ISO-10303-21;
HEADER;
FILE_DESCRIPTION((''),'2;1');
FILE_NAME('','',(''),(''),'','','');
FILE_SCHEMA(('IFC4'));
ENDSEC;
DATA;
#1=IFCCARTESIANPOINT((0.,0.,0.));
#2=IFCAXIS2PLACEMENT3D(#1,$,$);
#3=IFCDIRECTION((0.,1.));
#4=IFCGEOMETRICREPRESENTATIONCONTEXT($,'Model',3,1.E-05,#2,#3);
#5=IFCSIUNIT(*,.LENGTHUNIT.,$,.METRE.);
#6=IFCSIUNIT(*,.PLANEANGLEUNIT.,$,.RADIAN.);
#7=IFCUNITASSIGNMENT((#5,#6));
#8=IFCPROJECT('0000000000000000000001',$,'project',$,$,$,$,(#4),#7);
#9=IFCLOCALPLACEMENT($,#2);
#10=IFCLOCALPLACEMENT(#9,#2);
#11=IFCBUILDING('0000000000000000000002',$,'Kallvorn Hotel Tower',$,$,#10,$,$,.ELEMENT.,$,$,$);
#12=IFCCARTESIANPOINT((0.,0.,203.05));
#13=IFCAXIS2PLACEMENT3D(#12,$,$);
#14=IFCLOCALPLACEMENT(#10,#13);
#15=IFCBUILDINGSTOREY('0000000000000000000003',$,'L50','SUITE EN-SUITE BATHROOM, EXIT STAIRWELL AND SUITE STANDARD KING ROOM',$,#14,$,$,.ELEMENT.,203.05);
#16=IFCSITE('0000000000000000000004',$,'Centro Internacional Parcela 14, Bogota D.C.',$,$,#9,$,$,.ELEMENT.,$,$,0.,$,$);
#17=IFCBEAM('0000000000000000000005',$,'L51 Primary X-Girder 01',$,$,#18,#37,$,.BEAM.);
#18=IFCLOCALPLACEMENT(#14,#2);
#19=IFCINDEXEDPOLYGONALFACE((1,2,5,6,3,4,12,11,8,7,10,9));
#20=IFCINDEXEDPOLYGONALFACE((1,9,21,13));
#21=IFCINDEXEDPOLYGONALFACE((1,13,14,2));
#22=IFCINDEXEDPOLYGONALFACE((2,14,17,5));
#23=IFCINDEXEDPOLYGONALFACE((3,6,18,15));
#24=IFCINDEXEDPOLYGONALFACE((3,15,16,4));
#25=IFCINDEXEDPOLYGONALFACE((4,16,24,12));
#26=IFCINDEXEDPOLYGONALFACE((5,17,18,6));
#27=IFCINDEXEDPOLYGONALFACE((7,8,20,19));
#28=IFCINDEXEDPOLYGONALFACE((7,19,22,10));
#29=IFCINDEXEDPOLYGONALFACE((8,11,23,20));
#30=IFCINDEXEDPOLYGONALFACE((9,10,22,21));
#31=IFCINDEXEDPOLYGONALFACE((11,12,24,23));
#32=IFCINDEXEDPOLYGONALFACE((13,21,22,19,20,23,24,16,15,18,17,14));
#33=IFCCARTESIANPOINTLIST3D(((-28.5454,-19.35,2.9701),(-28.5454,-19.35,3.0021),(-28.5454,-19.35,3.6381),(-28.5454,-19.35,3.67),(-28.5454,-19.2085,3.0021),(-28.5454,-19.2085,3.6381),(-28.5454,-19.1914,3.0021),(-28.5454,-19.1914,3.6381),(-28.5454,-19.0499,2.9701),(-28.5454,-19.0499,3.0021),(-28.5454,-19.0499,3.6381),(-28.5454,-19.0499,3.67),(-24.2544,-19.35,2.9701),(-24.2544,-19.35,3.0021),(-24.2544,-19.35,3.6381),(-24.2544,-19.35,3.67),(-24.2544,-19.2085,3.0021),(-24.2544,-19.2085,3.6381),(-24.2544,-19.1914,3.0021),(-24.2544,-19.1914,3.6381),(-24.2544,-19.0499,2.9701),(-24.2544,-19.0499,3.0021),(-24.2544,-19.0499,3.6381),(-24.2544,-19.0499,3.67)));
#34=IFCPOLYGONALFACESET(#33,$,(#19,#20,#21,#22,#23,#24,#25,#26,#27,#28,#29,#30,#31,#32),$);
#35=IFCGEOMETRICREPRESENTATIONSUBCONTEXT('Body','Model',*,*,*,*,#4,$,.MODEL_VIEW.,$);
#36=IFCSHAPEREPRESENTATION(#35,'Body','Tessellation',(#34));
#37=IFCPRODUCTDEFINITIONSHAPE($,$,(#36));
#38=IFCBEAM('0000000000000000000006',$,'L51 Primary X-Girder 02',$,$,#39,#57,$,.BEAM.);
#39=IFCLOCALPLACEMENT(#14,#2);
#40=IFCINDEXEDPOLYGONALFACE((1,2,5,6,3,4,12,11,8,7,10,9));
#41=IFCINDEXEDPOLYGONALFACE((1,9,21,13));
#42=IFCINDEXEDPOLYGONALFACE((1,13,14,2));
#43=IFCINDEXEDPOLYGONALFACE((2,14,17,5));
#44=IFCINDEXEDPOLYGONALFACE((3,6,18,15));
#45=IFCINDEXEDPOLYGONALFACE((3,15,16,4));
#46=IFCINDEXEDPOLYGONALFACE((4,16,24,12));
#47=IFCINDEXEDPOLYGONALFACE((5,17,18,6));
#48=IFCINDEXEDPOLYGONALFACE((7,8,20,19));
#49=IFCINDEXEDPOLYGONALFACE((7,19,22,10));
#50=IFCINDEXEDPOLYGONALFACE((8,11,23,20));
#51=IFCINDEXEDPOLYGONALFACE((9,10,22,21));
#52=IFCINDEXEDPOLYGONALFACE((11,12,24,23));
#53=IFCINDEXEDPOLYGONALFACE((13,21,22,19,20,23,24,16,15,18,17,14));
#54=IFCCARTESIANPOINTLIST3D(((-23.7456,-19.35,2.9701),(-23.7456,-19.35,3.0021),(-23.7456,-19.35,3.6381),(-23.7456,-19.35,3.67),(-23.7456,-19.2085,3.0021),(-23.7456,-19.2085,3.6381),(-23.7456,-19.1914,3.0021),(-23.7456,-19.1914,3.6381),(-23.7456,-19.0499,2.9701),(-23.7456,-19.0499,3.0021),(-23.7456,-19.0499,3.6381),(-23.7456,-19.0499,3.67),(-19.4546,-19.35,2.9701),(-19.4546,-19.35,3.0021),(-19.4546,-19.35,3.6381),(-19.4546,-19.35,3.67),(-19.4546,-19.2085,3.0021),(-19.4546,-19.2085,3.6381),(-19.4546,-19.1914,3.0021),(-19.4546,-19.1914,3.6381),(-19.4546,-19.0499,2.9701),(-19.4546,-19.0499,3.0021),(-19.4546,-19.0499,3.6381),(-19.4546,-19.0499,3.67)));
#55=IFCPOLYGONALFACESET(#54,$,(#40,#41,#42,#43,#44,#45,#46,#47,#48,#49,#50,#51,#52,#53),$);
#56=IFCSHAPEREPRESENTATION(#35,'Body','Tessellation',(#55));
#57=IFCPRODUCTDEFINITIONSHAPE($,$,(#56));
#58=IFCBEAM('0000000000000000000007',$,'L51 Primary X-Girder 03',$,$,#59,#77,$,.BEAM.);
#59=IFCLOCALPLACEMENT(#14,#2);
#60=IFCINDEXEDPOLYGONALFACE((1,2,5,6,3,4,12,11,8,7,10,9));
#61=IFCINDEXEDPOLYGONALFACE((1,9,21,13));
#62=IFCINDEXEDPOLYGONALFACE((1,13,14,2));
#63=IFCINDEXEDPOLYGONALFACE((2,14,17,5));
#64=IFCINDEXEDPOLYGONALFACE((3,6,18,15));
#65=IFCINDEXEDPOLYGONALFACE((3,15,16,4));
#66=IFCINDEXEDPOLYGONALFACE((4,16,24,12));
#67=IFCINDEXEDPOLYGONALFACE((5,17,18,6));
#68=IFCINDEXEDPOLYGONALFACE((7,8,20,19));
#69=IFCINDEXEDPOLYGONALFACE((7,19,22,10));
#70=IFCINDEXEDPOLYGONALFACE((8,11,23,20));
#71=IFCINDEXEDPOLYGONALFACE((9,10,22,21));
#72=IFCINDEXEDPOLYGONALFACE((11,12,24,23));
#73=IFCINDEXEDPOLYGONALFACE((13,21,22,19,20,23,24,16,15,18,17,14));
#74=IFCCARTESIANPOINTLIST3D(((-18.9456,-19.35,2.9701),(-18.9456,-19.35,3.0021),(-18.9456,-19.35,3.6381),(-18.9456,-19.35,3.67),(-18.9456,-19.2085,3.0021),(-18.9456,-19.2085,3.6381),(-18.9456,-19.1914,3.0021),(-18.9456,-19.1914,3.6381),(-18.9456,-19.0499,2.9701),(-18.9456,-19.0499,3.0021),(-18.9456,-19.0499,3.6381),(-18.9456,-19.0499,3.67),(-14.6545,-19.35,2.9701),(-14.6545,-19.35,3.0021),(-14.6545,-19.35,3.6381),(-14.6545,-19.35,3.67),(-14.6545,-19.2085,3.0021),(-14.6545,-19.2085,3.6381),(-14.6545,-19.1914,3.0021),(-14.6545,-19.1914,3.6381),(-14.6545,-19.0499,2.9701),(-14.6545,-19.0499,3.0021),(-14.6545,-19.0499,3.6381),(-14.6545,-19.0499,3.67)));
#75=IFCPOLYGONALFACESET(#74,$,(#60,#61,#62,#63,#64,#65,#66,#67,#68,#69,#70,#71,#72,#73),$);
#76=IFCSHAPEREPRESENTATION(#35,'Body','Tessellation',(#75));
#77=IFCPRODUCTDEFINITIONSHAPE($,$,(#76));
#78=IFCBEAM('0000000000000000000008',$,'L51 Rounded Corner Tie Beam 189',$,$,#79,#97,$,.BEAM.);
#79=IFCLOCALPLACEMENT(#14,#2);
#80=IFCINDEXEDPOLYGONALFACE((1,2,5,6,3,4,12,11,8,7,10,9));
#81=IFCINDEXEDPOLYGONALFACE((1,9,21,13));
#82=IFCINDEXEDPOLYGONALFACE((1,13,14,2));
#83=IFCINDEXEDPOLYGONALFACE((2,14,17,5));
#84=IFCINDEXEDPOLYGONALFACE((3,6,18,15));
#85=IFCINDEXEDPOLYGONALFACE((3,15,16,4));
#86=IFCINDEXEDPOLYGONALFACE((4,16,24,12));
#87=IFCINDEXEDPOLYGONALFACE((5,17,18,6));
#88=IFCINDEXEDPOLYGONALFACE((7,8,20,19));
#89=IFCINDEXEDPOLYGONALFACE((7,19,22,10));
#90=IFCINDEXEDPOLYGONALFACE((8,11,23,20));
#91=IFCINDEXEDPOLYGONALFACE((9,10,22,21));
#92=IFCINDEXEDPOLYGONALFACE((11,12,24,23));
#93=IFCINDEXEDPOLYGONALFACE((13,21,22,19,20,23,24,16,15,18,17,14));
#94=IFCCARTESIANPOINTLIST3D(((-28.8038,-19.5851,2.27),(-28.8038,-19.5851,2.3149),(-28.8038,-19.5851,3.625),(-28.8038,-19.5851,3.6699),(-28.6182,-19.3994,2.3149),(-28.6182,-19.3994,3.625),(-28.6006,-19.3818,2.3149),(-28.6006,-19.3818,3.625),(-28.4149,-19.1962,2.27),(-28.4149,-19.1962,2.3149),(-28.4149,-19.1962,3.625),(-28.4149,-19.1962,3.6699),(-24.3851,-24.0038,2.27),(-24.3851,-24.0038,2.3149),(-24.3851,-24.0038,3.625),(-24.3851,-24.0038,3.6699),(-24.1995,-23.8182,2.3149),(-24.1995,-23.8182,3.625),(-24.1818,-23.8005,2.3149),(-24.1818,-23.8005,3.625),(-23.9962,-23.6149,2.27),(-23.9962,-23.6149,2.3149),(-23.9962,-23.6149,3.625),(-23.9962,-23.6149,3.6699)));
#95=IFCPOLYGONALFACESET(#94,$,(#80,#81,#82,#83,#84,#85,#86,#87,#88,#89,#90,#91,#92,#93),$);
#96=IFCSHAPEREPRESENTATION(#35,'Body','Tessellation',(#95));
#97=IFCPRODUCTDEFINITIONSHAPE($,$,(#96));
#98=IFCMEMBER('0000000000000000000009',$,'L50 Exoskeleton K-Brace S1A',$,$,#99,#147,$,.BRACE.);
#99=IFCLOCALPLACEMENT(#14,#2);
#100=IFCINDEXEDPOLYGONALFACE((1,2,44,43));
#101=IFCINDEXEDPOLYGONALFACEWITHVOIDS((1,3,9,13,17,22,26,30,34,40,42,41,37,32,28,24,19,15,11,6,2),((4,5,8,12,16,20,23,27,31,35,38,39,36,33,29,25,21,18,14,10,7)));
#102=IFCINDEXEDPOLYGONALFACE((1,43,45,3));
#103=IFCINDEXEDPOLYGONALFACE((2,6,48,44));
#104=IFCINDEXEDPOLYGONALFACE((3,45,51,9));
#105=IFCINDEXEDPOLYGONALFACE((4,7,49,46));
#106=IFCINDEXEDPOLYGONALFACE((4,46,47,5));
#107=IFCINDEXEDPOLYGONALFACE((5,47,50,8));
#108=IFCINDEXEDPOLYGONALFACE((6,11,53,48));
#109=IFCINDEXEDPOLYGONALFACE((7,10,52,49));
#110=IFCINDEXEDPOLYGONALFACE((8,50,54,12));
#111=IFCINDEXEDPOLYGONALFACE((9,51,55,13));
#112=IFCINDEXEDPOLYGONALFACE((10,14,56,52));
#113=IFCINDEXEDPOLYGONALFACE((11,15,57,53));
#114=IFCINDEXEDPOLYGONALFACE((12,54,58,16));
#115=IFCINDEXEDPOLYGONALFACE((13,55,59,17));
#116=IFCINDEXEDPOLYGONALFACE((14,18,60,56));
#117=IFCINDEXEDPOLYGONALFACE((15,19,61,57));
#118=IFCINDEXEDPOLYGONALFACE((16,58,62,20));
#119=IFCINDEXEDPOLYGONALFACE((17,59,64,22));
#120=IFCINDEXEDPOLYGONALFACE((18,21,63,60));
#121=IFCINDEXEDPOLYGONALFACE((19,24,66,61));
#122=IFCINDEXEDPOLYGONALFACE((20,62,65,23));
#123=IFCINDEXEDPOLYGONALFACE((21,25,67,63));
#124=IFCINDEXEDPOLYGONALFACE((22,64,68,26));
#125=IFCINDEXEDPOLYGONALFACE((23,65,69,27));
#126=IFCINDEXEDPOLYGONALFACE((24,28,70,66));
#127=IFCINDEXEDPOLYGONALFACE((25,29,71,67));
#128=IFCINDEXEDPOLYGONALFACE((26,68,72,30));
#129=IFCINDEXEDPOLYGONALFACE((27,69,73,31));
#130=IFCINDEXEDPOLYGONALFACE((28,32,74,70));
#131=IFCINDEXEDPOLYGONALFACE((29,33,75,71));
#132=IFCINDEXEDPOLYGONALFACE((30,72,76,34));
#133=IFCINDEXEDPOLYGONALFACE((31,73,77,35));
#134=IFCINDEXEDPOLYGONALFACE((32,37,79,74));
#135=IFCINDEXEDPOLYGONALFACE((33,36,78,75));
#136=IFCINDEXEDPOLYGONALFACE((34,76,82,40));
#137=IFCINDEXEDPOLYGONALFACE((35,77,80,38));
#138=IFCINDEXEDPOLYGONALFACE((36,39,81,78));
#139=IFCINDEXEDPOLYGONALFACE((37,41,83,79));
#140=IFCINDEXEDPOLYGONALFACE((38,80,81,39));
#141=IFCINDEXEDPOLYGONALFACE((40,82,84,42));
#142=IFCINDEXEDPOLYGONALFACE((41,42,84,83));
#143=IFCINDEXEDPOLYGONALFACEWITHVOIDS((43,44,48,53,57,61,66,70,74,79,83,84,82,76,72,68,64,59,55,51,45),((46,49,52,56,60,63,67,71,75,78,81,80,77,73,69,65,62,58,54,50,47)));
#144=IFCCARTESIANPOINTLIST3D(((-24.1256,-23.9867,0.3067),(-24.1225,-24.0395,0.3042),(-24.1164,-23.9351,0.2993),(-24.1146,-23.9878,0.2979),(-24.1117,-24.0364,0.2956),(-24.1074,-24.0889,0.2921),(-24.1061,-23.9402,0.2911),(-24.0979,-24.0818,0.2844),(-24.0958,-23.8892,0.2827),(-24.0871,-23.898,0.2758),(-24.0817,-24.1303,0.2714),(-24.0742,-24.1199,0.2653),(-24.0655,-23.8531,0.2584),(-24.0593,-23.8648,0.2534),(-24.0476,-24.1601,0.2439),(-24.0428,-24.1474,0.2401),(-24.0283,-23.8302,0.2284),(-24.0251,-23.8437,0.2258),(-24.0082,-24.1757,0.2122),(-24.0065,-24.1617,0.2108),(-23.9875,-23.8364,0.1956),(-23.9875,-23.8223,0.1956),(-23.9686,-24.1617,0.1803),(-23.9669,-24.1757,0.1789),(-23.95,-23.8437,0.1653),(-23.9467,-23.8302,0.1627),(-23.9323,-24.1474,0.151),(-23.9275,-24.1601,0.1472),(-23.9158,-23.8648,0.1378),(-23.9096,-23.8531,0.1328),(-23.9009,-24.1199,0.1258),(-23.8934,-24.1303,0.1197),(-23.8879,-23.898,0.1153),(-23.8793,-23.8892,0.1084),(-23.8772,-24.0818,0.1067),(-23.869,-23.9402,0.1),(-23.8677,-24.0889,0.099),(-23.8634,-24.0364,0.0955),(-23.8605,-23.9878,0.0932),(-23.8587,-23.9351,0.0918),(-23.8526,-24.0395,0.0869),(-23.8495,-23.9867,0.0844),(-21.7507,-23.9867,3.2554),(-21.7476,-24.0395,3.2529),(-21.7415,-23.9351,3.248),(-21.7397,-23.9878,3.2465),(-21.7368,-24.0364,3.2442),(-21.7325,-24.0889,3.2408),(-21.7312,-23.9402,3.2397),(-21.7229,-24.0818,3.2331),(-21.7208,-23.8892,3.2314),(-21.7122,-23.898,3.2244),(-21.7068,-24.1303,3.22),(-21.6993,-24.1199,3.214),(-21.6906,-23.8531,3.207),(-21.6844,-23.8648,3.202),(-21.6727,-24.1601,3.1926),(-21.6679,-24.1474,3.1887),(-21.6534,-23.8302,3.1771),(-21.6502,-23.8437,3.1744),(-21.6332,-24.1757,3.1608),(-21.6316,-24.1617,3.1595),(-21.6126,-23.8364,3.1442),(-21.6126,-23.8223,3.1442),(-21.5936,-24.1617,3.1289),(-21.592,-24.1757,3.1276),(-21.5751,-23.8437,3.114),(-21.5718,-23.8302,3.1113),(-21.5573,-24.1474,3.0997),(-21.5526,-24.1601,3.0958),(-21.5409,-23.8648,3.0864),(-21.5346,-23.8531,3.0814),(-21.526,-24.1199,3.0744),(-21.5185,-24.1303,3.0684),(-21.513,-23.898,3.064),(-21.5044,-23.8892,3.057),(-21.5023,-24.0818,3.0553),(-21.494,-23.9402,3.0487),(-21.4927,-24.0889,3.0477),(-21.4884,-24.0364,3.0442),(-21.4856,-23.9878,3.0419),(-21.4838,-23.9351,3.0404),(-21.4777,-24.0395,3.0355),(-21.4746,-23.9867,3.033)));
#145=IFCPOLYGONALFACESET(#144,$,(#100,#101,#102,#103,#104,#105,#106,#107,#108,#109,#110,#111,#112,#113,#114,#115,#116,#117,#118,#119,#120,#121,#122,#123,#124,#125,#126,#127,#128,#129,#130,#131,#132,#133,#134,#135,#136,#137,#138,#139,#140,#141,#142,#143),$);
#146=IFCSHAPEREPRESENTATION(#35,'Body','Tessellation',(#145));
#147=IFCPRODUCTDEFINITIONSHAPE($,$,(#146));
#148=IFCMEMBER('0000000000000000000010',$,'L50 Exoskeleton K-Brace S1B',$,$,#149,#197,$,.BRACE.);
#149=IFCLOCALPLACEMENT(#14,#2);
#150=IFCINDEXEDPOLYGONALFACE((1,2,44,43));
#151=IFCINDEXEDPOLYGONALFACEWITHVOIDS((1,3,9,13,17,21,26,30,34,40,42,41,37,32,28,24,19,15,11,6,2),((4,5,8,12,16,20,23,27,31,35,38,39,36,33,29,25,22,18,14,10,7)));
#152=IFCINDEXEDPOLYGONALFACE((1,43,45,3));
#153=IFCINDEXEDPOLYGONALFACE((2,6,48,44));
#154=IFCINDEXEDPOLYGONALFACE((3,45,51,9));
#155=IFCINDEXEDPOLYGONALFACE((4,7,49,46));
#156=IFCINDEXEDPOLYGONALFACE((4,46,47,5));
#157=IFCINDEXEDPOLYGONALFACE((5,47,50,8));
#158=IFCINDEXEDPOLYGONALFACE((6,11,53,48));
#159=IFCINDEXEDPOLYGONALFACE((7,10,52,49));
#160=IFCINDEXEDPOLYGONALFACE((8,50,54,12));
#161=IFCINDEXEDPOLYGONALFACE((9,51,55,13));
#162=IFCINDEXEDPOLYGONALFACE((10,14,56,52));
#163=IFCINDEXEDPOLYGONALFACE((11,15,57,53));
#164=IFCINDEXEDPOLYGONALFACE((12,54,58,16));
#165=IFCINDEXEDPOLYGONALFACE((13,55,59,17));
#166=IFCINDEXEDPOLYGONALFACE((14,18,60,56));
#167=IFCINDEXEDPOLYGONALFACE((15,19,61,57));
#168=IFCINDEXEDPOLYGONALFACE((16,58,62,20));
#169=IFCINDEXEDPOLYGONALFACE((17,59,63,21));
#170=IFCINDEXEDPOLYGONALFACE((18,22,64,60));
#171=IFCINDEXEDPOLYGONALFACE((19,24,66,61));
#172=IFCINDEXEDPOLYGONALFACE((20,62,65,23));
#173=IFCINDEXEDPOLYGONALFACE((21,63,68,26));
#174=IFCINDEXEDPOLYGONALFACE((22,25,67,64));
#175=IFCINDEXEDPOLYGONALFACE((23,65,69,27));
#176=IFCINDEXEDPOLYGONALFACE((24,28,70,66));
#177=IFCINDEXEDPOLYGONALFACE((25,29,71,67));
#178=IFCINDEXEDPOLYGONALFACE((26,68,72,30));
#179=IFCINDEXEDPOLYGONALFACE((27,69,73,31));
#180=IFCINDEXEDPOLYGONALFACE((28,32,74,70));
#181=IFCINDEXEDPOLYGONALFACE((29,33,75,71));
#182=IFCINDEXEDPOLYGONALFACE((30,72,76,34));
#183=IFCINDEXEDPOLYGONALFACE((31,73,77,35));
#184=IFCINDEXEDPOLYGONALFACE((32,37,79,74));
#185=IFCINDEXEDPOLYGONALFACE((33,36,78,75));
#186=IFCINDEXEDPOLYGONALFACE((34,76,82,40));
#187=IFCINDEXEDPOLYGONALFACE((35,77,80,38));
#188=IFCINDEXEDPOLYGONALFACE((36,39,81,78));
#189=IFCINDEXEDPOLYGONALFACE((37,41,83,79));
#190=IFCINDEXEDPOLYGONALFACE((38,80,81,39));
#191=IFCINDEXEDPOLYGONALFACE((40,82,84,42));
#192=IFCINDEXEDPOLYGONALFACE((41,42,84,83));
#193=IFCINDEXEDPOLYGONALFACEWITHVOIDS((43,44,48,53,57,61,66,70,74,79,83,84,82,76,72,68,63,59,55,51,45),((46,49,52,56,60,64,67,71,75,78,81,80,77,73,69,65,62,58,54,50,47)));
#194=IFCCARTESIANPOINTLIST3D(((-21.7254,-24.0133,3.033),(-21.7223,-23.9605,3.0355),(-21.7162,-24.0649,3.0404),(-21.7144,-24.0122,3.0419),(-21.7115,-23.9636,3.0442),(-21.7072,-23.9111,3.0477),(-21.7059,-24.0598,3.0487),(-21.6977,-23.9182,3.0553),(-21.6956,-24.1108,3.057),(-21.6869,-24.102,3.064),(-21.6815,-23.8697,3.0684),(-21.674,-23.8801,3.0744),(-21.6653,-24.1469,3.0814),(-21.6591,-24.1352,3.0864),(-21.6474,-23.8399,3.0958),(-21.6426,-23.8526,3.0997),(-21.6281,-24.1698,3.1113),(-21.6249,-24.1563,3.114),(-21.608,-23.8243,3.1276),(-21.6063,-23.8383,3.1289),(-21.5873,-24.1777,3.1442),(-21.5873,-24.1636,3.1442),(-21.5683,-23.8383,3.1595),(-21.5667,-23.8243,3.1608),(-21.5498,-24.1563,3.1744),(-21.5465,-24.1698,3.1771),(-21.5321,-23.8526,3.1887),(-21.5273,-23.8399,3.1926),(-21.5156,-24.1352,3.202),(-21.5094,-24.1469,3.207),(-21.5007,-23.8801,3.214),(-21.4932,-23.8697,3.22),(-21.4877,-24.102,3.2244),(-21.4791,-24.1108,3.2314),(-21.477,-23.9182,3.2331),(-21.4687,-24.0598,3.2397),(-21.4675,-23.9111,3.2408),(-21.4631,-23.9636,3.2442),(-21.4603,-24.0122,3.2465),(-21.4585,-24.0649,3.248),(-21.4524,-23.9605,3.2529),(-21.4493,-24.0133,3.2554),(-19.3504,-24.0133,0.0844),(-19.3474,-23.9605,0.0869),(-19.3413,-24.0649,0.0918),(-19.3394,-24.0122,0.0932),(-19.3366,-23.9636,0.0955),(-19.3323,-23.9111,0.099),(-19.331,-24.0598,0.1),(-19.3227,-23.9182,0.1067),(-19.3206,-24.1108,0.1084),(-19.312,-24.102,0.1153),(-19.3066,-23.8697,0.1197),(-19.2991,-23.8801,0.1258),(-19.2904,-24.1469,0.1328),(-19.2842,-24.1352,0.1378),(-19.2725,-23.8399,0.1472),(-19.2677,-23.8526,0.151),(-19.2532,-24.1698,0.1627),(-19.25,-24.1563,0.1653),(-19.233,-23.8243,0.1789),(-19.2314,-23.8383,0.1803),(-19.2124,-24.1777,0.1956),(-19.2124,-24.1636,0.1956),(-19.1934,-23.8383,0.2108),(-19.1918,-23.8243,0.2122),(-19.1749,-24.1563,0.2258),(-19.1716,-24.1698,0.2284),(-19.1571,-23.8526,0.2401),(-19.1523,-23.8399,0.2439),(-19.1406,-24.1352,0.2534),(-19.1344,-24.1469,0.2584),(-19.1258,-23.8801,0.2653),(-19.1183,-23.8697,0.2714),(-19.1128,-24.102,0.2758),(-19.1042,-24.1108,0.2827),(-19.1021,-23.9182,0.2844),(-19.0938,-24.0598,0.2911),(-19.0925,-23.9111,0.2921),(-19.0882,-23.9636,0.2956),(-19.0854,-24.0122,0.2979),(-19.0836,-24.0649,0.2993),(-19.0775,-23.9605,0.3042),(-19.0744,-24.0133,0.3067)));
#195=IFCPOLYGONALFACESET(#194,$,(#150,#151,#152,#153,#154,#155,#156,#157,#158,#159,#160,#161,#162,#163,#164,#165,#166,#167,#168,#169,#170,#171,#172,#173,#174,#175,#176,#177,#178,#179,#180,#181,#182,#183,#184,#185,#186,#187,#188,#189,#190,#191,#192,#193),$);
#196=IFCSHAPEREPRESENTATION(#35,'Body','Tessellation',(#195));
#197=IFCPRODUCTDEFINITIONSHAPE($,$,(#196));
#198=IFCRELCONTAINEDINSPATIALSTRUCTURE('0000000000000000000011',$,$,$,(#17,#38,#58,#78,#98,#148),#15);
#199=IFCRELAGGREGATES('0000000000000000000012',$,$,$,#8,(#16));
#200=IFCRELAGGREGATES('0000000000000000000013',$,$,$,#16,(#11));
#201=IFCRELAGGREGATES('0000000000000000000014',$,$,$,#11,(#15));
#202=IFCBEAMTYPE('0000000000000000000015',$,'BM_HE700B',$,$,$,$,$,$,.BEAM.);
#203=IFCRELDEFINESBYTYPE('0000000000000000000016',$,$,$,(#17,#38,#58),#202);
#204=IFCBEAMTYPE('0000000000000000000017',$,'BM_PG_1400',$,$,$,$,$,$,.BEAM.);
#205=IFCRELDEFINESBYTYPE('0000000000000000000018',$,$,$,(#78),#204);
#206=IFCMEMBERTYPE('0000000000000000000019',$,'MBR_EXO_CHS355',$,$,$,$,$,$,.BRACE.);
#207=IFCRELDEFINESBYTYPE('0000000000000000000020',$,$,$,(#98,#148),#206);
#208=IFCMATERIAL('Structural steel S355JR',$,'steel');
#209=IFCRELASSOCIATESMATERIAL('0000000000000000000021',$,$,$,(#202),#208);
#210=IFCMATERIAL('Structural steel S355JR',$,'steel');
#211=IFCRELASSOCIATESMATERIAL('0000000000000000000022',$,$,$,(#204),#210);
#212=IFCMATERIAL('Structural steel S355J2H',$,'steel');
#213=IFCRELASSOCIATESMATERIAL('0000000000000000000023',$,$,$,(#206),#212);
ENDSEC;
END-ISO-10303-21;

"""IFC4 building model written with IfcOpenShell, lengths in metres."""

from ifc_helpers import new_model, si_unit, direction, frame, origin, origin_2d, place, context, subcontext, project, spatial, hollow_circle, i_section, extrude, material, material_profile, profile_set, type_object, element, save


model = new_model("IFC4")

# Units and contexts
model_context = context("Model", 3, precision=1e-05, world=origin(), true_north=direction((0.0, 1.0)))
body_context = subcontext(model_context, "Body", "Model", "MODEL_VIEW")
ifc_project = project(units=[si_unit("LENGTHUNIT", "METRE"), si_unit("PLANEANGLEUNIT", "RADIAN")], contexts=[model_context])

# Site, building, storey
site_placement = place(None, origin())
site = spatial("IfcSite", under=ifc_project, at=site_placement, Name="Centro Internacional Parcela 14, Bogota D.C.", CompositionType="ELEMENT", RefElevation=0.0)
building_placement = place(site_placement, origin())
building = spatial("IfcBuilding", under=site, at=building_placement, Name="Kallvorn Hotel Tower", CompositionType="ELEMENT")
storey_placement = place(building_placement, frame((0.0, 0.0, 203.05)))
storey = spatial("IfcBuildingStorey", under=building, at=storey_placement, Name="L50", Description="SUITE EN-SUITE BATHROOM, EXIT STAIRWELL AND SUITE STANDARD KING ROOM", CompositionType="ELEMENT", Elevation=203.05)

# Beams
ifc_material_1 = material(Name="Structural steel S355JR", Category="steel")
ifc_material_profile_1 = material_profile(ifc_material_1, i_section(OverallWidth=0.3, OverallDepth=0.7, WebThickness=0.0171, FlangeThickness=0.032, at=origin_2d()), Name="HE 700 B")
ifc_profile_set_1 = profile_set([ifc_material_profile_1], Name="Structural steel S355JR")
beam_type_1 = type_object("IfcBeamType", Name="BM_HE700B", PredefinedType="BEAM", material=ifc_profile_set_1)
for number, where, z_axis, x_axis, name in (
    (1, (-28.5454, -19.2, 3.3201), (1.0, 0.0, 0.0), (0.0, 1.0, 0.0), "L51 Primary X-Girder 01"),
    (2, (-23.7456, -19.2, 3.3201), (1.0, 0.0, 0.0), (0.0, 1.0, 0.0), "L51 Primary X-Girder 02"),
    (3, (-18.9456, -19.2, 3.3201), (1.0, 0.0, 0.0), (0.0, 1.0, 0.0), "L51 Primary X-Girder 03"),
):
    element("IfcBeam", number, at=place(storey_placement, frame(where, z_axis=z_axis, x_axis=x_axis)), inside=storey, type_object=beam_type_1, Name=name, PredefinedType="BEAM", context=body_context, shape_type="SweptSolid", body=[
        extrude(i_section(OverallWidth=0.3, OverallDepth=0.7, WebThickness=0.0171, FlangeThickness=0.032, at=origin_2d()), origin(), (0.0, 0.0, 1.0), 4.291),
    ])
ifc_material_2 = material(Name="Structural steel S355JR", Category="steel")
ifc_material_profile_2 = material_profile(ifc_material_2, i_section(OverallWidth=0.55, OverallDepth=1.3999, WebThickness=0.0249, FlangeThickness=0.0449, at=origin_2d()), Name="PG 1400x550x25x45")
ifc_profile_set_2 = profile_set([ifc_material_profile_2], Name="Structural steel S355JR")
beam_type_2 = type_object("IfcBeamType", Name="BM_PG_1400", PredefinedType="BEAM", material=ifc_profile_set_2)
beam_placement = place(storey_placement, frame((-28.6094, -19.3906, 2.97), z_axis=(0.707107, -0.707107, 0.0), x_axis=(0.707107, 0.707107, 0.0)))
element("IfcBeam", 4, at=beam_placement, inside=storey, type_object=beam_type_2, Name="L51 Rounded Corner Tie Beam 189", PredefinedType="BEAM", context=body_context, shape_type="SweptSolid", body=[
    extrude(i_section(OverallWidth=0.55, OverallDepth=1.3999, WebThickness=0.0249, FlangeThickness=0.0449, at=origin_2d()), origin(), (0.0, 0.0, 1.0), 6.249),
])

# Members
ifc_material_3 = material(Name="Structural steel S355J2H", Category="steel")
ifc_material_profile_3 = material_profile(ifc_material_3, hollow_circle(Radius=0.1777, WallThickness=0.0142, at=origin_2d()), Name="CHS 355.6x14.2")
ifc_profile_set_3 = profile_set([ifc_material_profile_3], Name="Structural steel S355J2H")
member_type = type_object("IfcMemberType", Name="MBR_EXO_CHS355", PredefinedType="BRACE", material=ifc_profile_set_3)
for number, where, z_axis, x_axis, name in (
    (5, (-23.9875, -24.0, 0.1956), (0.627271, 0.0, 0.778801), (0.0, 1.0, 0.0), "L50 Exoskeleton K-Brace S1A"),
    (6, (-19.2124, -24.0, 0.1956), (-0.627271, 0.0, 0.778801), (0.0, -1.0, 0.0), "L50 Exoskeleton K-Brace S1B"),
):
    element("IfcMember", number, at=place(storey_placement, frame(where, z_axis=z_axis, x_axis=x_axis)), inside=storey, type_object=member_type, Name=name, PredefinedType="BRACE", context=body_context, shape_type="SweptSolid", body=[
        extrude(hollow_circle(Radius=0.1777, WallThickness=0.0142, at=origin_2d()), origin(), (0.0, 0.0, 1.0), 3.7861),
    ])

save(model, "model.ifc")
